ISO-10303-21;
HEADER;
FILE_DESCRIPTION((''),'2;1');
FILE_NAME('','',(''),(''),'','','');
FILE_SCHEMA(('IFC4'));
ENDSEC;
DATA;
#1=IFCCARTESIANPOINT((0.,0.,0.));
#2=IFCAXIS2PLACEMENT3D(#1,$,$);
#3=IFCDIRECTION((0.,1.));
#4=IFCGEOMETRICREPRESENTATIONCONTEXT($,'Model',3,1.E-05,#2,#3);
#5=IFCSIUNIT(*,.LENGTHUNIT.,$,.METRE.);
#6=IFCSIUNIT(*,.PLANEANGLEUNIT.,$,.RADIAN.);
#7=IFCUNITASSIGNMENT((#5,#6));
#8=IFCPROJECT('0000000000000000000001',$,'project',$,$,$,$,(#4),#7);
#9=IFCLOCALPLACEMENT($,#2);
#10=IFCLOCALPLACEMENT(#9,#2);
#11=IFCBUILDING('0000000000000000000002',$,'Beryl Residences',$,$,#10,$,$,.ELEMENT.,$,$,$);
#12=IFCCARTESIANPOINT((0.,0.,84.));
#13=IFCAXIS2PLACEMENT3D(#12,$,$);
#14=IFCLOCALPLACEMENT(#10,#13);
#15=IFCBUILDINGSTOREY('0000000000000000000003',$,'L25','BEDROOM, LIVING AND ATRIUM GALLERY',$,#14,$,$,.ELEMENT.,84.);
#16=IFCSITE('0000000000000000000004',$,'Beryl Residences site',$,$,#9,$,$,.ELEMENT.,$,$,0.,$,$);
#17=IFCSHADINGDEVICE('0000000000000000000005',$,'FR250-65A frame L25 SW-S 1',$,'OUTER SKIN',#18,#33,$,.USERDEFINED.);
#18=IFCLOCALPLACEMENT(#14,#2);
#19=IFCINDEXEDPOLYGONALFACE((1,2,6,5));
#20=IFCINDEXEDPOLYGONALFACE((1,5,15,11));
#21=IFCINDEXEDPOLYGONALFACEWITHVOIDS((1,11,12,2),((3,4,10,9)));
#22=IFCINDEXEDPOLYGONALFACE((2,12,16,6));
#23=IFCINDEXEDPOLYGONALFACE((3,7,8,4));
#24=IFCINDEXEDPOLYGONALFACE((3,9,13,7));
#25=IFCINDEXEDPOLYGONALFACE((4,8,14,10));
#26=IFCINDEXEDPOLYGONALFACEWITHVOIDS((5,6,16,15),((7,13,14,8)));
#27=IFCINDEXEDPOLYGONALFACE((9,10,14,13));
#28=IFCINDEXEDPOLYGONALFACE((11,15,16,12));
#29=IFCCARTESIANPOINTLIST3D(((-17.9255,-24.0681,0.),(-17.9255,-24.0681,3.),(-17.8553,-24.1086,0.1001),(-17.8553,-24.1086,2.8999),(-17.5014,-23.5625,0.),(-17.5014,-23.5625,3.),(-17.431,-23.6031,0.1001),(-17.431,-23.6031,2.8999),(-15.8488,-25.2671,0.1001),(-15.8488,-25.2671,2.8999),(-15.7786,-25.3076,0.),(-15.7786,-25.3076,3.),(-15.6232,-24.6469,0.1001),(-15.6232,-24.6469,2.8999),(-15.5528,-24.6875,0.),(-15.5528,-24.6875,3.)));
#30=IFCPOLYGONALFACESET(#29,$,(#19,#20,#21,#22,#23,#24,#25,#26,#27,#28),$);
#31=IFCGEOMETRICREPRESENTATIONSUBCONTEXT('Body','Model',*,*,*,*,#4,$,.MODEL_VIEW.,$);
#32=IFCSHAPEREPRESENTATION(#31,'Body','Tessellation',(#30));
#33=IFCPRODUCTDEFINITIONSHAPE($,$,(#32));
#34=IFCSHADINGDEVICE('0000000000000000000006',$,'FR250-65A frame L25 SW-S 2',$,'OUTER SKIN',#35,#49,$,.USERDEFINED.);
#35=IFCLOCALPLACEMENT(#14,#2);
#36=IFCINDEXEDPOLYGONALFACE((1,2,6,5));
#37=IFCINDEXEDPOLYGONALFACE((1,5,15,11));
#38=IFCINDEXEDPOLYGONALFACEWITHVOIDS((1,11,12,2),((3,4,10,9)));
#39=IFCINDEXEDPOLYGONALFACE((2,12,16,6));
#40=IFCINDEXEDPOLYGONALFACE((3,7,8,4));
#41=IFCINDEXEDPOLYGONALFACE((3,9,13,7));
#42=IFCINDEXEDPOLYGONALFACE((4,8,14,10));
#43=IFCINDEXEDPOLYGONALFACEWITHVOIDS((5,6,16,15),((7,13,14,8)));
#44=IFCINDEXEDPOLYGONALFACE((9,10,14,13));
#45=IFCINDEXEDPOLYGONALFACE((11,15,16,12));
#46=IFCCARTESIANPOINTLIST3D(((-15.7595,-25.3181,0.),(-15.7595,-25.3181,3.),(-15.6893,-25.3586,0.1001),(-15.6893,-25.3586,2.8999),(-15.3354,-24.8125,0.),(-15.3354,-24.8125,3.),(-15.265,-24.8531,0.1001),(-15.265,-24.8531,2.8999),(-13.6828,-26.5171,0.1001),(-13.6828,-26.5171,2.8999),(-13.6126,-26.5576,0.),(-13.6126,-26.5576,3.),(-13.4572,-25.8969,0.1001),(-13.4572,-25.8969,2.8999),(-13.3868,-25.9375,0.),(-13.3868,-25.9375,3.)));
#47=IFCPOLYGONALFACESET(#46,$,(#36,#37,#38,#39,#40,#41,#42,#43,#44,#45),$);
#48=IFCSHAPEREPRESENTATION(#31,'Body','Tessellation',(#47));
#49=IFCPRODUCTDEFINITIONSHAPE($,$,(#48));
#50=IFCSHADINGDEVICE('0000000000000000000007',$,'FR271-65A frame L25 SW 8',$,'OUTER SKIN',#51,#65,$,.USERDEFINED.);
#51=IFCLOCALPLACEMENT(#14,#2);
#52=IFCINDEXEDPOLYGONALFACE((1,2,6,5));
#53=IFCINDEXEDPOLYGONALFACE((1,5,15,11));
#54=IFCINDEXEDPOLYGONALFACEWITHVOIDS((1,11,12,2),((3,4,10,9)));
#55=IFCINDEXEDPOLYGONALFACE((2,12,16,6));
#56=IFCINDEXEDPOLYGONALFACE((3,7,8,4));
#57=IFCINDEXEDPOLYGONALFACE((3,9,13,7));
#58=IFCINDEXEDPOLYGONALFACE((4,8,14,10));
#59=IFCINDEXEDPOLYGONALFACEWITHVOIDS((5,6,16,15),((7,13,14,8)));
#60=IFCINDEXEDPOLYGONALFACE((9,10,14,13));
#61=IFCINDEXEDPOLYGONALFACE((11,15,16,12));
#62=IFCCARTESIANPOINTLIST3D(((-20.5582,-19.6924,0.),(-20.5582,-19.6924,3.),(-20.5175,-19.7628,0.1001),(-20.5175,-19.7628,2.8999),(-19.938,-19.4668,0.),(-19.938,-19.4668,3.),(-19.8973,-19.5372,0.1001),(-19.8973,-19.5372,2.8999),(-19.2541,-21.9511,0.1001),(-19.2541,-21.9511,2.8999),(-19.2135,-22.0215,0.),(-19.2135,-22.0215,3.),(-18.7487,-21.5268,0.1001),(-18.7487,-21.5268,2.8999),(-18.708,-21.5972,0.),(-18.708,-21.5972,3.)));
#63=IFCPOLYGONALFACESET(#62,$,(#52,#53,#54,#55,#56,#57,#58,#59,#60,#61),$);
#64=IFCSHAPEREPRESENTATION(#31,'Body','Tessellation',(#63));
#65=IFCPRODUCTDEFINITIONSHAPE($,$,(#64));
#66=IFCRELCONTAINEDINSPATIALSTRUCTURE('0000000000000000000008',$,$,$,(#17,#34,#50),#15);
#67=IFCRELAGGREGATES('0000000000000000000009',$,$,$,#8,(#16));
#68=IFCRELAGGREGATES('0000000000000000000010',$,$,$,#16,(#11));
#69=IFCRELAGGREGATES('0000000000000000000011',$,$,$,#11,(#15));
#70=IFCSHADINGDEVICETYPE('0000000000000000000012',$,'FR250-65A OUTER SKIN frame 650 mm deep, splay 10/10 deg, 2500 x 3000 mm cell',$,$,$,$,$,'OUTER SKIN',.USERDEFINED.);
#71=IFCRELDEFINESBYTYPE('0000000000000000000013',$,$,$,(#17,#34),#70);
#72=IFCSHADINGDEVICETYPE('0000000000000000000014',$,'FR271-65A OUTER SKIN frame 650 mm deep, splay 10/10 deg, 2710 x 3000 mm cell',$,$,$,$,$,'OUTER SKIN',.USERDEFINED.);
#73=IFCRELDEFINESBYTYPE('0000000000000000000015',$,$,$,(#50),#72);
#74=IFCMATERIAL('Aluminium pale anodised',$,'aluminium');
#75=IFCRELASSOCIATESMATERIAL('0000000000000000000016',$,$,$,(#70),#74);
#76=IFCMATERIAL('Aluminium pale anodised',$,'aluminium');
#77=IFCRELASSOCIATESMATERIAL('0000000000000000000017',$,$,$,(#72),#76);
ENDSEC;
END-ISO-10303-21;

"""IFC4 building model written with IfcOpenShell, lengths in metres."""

from ifc_helpers import new_model, entity, si_unit, direction, frame, origin, place, context, subcontext, project, spatial, source, transform, mapped, material, type_object, type_shapes, element, save


model = new_model("IFC4")

# Units and contexts
model_context = context("Model", 3, precision=1e-05, world=origin(), true_north=direction((0.0, 1.0)))
body_context = subcontext(model_context, "Body", "Model", "MODEL_VIEW")
ifc_project = project(units=[si_unit("LENGTHUNIT", "METRE"), si_unit("PLANEANGLEUNIT", "RADIAN")], contexts=[model_context])

# Site, building, storey
site_placement = place(None, origin())
site = spatial("IfcSite", under=ifc_project, at=site_placement, Name="Beryl Residences site", CompositionType="ELEMENT", RefElevation=0.0)
building_placement = place(site_placement, origin())
building = spatial("IfcBuilding", under=site, at=building_placement, Name="Beryl Residences", CompositionType="ELEMENT")
storey_placement = place(building_placement, frame((0.0, 0.0, 84.0)))
storey = spatial("IfcBuildingStorey", under=building, at=storey_placement, Name="L25", Description="BEDROOM, LIVING AND ATRIUM GALLERY", CompositionType="ELEMENT", Elevation=84.0)

# Shading devices
ifc_material_1 = material(Name="Aluminium pale anodised", Category="aluminium")
shading_device_type_1 = type_object("IfcShadingDeviceType", Name="FR250-65A OUTER SKIN frame 650 mm deep, splay 10/10 deg, 2500 x 3000 mm cell", ElementType="OUTER SKIN", PredefinedType="USERDEFINED", material=ifc_material_1)
cartesian_point_1 = entity("IfcCartesianPoint", [-1.125, 0.0])
cartesian_point_2 = entity("IfcCartesianPoint", [-1.0437, 0.1001])
cartesian_point_3 = entity("IfcCartesianPoint", [-1.2395, 0.0])
cartesian_point_4 = entity("IfcCartesianPoint", [-1.1584, 0.1001])
shared_shape_1 = source(origin(), body_context, "Body", "SweptSolid", [
    entity("IfcExtrudedAreaSolidTapered", entity("IfcArbitraryProfileDefWithVoids", "AREA", None, entity("IfcPolyline", [cartesian_point_1, entity("IfcCartesianPoint", [1.125, 0.0]), entity("IfcCartesianPoint", [1.125, 3.0]), entity("IfcCartesianPoint", [-1.125, 3.0]), cartesian_point_1]), [entity("IfcPolyline", [cartesian_point_2, entity("IfcCartesianPoint", [1.0437, 0.1001]), entity("IfcCartesianPoint", [1.0437, 2.8999]), entity("IfcCartesianPoint", [-1.0437, 2.8999]), cartesian_point_2])]), entity("IfcAxis2Placement3D", entity("IfcCartesianPoint", [0.0, 0.0, 0.0]), entity("IfcDirection", [0.0, 1.0, 0.0]), entity("IfcDirection", [-1.0, 0.0, 0.0])), entity("IfcDirection", [0.0, 0.0, 1.0]), 0.6499, entity("IfcArbitraryProfileDefWithVoids", "AREA", None, entity("IfcPolyline", [cartesian_point_3, entity("IfcCartesianPoint", [1.2395, 0.0]), entity("IfcCartesianPoint", [1.2395, 3.0]), entity("IfcCartesianPoint", [-1.2395, 3.0]), cartesian_point_3]), [entity("IfcPolyline", [cartesian_point_4, entity("IfcCartesianPoint", [1.1584, 0.1001]), entity("IfcCartesianPoint", [1.1584, 2.8999]), entity("IfcCartesianPoint", [-1.1584, 2.8999]), cartesian_point_4])])),
])
type_shapes(shading_device_type_1, [shared_shape_1])
for number, where, z_axis, x_axis, name in (
    (1, (-16.5271, -24.125, 0.0), (0.0, 0.0, 1.0), (-0.866025, 0.5, 0.0), "FR250-65A frame L25 SW-S 1"),
    (2, (-14.3611, -25.375, 0.0), (0.0, 0.0, 1.0), (-0.866025, 0.5, 0.0), "FR250-65A frame L25 SW-S 2"),
):
    element("IfcShadingDevice", number, at=place(storey_placement, frame(where, z_axis=z_axis, x_axis=x_axis)), inside=storey, type_object=shading_device_type_1, Name=name, ObjectType="OUTER SKIN", PredefinedType="USERDEFINED", context=body_context, shape_type="MappedRepresentation", body=[
        mapped(shared_shape_1, transform((0.0, 0.0, 0.0))),
    ])
ifc_material_2 = material(Name="Aluminium pale anodised", Category="aluminium")
shading_device_type_2 = type_object("IfcShadingDeviceType", Name="FR271-65A OUTER SKIN frame 650 mm deep, splay 10/10 deg, 2710 x 3000 mm cell", ElementType="OUTER SKIN", PredefinedType="USERDEFINED", material=ifc_material_2)
cartesian_point_5 = entity("IfcCartesianPoint", [-1.23, 0.0])
cartesian_point_6 = entity("IfcCartesianPoint", [-1.1487, 0.1001])
cartesian_point_7 = entity("IfcCartesianPoint", [-1.3447, 0.0])
cartesian_point_8 = entity("IfcCartesianPoint", [-1.2634, 0.1001])
shared_shape_2 = source(origin(), body_context, "Body", "SweptSolid", [
    entity("IfcExtrudedAreaSolidTapered", entity("IfcArbitraryProfileDefWithVoids", "AREA", None, entity("IfcPolyline", [cartesian_point_5, entity("IfcCartesianPoint", [1.23, 0.0]), entity("IfcCartesianPoint", [1.23, 3.0]), entity("IfcCartesianPoint", [-1.23, 3.0]), cartesian_point_5]), [entity("IfcPolyline", [cartesian_point_6, entity("IfcCartesianPoint", [1.1487, 0.1001]), entity("IfcCartesianPoint", [1.1487, 2.8999]), entity("IfcCartesianPoint", [-1.1487, 2.8999]), cartesian_point_6])]), entity("IfcAxis2Placement3D", entity("IfcCartesianPoint", [0.0, 0.0, 0.0]), entity("IfcDirection", [0.0, 1.0, 0.0]), entity("IfcDirection", [-1.0, 0.0, 0.0])), entity("IfcDirection", [0.0, 0.0, 1.0]), 0.6499, entity("IfcArbitraryProfileDefWithVoids", "AREA", None, entity("IfcPolyline", [cartesian_point_7, entity("IfcCartesianPoint", [1.3447, 0.0]), entity("IfcCartesianPoint", [1.3447, 3.0]), entity("IfcCartesianPoint", [-1.3447, 3.0]), cartesian_point_7]), [entity("IfcPolyline", [cartesian_point_8, entity("IfcCartesianPoint", [1.2634, 0.1001]), entity("IfcCartesianPoint", [1.2634, 2.8999]), entity("IfcCartesianPoint", [-1.2634, 2.8999]), cartesian_point_8])])),
])
type_shapes(shading_device_type_2, [shared_shape_2])
shading_device_1_placement = place(storey_placement, frame((-19.323, -20.532, 0.0), z_axis=(0.0, 0.0, 1.0), x_axis=(-0.5, 0.866025, 0.0)))
element("IfcShadingDevice", 3, at=shading_device_1_placement, inside=storey, type_object=shading_device_type_2, Name="FR271-65A frame L25 SW 8", ObjectType="OUTER SKIN", PredefinedType="USERDEFINED", context=body_context, shape_type="MappedRepresentation", body=[
    mapped(shared_shape_2, transform((0.0, 0.0, 0.0))),
])

save(model, "model.ifc")
